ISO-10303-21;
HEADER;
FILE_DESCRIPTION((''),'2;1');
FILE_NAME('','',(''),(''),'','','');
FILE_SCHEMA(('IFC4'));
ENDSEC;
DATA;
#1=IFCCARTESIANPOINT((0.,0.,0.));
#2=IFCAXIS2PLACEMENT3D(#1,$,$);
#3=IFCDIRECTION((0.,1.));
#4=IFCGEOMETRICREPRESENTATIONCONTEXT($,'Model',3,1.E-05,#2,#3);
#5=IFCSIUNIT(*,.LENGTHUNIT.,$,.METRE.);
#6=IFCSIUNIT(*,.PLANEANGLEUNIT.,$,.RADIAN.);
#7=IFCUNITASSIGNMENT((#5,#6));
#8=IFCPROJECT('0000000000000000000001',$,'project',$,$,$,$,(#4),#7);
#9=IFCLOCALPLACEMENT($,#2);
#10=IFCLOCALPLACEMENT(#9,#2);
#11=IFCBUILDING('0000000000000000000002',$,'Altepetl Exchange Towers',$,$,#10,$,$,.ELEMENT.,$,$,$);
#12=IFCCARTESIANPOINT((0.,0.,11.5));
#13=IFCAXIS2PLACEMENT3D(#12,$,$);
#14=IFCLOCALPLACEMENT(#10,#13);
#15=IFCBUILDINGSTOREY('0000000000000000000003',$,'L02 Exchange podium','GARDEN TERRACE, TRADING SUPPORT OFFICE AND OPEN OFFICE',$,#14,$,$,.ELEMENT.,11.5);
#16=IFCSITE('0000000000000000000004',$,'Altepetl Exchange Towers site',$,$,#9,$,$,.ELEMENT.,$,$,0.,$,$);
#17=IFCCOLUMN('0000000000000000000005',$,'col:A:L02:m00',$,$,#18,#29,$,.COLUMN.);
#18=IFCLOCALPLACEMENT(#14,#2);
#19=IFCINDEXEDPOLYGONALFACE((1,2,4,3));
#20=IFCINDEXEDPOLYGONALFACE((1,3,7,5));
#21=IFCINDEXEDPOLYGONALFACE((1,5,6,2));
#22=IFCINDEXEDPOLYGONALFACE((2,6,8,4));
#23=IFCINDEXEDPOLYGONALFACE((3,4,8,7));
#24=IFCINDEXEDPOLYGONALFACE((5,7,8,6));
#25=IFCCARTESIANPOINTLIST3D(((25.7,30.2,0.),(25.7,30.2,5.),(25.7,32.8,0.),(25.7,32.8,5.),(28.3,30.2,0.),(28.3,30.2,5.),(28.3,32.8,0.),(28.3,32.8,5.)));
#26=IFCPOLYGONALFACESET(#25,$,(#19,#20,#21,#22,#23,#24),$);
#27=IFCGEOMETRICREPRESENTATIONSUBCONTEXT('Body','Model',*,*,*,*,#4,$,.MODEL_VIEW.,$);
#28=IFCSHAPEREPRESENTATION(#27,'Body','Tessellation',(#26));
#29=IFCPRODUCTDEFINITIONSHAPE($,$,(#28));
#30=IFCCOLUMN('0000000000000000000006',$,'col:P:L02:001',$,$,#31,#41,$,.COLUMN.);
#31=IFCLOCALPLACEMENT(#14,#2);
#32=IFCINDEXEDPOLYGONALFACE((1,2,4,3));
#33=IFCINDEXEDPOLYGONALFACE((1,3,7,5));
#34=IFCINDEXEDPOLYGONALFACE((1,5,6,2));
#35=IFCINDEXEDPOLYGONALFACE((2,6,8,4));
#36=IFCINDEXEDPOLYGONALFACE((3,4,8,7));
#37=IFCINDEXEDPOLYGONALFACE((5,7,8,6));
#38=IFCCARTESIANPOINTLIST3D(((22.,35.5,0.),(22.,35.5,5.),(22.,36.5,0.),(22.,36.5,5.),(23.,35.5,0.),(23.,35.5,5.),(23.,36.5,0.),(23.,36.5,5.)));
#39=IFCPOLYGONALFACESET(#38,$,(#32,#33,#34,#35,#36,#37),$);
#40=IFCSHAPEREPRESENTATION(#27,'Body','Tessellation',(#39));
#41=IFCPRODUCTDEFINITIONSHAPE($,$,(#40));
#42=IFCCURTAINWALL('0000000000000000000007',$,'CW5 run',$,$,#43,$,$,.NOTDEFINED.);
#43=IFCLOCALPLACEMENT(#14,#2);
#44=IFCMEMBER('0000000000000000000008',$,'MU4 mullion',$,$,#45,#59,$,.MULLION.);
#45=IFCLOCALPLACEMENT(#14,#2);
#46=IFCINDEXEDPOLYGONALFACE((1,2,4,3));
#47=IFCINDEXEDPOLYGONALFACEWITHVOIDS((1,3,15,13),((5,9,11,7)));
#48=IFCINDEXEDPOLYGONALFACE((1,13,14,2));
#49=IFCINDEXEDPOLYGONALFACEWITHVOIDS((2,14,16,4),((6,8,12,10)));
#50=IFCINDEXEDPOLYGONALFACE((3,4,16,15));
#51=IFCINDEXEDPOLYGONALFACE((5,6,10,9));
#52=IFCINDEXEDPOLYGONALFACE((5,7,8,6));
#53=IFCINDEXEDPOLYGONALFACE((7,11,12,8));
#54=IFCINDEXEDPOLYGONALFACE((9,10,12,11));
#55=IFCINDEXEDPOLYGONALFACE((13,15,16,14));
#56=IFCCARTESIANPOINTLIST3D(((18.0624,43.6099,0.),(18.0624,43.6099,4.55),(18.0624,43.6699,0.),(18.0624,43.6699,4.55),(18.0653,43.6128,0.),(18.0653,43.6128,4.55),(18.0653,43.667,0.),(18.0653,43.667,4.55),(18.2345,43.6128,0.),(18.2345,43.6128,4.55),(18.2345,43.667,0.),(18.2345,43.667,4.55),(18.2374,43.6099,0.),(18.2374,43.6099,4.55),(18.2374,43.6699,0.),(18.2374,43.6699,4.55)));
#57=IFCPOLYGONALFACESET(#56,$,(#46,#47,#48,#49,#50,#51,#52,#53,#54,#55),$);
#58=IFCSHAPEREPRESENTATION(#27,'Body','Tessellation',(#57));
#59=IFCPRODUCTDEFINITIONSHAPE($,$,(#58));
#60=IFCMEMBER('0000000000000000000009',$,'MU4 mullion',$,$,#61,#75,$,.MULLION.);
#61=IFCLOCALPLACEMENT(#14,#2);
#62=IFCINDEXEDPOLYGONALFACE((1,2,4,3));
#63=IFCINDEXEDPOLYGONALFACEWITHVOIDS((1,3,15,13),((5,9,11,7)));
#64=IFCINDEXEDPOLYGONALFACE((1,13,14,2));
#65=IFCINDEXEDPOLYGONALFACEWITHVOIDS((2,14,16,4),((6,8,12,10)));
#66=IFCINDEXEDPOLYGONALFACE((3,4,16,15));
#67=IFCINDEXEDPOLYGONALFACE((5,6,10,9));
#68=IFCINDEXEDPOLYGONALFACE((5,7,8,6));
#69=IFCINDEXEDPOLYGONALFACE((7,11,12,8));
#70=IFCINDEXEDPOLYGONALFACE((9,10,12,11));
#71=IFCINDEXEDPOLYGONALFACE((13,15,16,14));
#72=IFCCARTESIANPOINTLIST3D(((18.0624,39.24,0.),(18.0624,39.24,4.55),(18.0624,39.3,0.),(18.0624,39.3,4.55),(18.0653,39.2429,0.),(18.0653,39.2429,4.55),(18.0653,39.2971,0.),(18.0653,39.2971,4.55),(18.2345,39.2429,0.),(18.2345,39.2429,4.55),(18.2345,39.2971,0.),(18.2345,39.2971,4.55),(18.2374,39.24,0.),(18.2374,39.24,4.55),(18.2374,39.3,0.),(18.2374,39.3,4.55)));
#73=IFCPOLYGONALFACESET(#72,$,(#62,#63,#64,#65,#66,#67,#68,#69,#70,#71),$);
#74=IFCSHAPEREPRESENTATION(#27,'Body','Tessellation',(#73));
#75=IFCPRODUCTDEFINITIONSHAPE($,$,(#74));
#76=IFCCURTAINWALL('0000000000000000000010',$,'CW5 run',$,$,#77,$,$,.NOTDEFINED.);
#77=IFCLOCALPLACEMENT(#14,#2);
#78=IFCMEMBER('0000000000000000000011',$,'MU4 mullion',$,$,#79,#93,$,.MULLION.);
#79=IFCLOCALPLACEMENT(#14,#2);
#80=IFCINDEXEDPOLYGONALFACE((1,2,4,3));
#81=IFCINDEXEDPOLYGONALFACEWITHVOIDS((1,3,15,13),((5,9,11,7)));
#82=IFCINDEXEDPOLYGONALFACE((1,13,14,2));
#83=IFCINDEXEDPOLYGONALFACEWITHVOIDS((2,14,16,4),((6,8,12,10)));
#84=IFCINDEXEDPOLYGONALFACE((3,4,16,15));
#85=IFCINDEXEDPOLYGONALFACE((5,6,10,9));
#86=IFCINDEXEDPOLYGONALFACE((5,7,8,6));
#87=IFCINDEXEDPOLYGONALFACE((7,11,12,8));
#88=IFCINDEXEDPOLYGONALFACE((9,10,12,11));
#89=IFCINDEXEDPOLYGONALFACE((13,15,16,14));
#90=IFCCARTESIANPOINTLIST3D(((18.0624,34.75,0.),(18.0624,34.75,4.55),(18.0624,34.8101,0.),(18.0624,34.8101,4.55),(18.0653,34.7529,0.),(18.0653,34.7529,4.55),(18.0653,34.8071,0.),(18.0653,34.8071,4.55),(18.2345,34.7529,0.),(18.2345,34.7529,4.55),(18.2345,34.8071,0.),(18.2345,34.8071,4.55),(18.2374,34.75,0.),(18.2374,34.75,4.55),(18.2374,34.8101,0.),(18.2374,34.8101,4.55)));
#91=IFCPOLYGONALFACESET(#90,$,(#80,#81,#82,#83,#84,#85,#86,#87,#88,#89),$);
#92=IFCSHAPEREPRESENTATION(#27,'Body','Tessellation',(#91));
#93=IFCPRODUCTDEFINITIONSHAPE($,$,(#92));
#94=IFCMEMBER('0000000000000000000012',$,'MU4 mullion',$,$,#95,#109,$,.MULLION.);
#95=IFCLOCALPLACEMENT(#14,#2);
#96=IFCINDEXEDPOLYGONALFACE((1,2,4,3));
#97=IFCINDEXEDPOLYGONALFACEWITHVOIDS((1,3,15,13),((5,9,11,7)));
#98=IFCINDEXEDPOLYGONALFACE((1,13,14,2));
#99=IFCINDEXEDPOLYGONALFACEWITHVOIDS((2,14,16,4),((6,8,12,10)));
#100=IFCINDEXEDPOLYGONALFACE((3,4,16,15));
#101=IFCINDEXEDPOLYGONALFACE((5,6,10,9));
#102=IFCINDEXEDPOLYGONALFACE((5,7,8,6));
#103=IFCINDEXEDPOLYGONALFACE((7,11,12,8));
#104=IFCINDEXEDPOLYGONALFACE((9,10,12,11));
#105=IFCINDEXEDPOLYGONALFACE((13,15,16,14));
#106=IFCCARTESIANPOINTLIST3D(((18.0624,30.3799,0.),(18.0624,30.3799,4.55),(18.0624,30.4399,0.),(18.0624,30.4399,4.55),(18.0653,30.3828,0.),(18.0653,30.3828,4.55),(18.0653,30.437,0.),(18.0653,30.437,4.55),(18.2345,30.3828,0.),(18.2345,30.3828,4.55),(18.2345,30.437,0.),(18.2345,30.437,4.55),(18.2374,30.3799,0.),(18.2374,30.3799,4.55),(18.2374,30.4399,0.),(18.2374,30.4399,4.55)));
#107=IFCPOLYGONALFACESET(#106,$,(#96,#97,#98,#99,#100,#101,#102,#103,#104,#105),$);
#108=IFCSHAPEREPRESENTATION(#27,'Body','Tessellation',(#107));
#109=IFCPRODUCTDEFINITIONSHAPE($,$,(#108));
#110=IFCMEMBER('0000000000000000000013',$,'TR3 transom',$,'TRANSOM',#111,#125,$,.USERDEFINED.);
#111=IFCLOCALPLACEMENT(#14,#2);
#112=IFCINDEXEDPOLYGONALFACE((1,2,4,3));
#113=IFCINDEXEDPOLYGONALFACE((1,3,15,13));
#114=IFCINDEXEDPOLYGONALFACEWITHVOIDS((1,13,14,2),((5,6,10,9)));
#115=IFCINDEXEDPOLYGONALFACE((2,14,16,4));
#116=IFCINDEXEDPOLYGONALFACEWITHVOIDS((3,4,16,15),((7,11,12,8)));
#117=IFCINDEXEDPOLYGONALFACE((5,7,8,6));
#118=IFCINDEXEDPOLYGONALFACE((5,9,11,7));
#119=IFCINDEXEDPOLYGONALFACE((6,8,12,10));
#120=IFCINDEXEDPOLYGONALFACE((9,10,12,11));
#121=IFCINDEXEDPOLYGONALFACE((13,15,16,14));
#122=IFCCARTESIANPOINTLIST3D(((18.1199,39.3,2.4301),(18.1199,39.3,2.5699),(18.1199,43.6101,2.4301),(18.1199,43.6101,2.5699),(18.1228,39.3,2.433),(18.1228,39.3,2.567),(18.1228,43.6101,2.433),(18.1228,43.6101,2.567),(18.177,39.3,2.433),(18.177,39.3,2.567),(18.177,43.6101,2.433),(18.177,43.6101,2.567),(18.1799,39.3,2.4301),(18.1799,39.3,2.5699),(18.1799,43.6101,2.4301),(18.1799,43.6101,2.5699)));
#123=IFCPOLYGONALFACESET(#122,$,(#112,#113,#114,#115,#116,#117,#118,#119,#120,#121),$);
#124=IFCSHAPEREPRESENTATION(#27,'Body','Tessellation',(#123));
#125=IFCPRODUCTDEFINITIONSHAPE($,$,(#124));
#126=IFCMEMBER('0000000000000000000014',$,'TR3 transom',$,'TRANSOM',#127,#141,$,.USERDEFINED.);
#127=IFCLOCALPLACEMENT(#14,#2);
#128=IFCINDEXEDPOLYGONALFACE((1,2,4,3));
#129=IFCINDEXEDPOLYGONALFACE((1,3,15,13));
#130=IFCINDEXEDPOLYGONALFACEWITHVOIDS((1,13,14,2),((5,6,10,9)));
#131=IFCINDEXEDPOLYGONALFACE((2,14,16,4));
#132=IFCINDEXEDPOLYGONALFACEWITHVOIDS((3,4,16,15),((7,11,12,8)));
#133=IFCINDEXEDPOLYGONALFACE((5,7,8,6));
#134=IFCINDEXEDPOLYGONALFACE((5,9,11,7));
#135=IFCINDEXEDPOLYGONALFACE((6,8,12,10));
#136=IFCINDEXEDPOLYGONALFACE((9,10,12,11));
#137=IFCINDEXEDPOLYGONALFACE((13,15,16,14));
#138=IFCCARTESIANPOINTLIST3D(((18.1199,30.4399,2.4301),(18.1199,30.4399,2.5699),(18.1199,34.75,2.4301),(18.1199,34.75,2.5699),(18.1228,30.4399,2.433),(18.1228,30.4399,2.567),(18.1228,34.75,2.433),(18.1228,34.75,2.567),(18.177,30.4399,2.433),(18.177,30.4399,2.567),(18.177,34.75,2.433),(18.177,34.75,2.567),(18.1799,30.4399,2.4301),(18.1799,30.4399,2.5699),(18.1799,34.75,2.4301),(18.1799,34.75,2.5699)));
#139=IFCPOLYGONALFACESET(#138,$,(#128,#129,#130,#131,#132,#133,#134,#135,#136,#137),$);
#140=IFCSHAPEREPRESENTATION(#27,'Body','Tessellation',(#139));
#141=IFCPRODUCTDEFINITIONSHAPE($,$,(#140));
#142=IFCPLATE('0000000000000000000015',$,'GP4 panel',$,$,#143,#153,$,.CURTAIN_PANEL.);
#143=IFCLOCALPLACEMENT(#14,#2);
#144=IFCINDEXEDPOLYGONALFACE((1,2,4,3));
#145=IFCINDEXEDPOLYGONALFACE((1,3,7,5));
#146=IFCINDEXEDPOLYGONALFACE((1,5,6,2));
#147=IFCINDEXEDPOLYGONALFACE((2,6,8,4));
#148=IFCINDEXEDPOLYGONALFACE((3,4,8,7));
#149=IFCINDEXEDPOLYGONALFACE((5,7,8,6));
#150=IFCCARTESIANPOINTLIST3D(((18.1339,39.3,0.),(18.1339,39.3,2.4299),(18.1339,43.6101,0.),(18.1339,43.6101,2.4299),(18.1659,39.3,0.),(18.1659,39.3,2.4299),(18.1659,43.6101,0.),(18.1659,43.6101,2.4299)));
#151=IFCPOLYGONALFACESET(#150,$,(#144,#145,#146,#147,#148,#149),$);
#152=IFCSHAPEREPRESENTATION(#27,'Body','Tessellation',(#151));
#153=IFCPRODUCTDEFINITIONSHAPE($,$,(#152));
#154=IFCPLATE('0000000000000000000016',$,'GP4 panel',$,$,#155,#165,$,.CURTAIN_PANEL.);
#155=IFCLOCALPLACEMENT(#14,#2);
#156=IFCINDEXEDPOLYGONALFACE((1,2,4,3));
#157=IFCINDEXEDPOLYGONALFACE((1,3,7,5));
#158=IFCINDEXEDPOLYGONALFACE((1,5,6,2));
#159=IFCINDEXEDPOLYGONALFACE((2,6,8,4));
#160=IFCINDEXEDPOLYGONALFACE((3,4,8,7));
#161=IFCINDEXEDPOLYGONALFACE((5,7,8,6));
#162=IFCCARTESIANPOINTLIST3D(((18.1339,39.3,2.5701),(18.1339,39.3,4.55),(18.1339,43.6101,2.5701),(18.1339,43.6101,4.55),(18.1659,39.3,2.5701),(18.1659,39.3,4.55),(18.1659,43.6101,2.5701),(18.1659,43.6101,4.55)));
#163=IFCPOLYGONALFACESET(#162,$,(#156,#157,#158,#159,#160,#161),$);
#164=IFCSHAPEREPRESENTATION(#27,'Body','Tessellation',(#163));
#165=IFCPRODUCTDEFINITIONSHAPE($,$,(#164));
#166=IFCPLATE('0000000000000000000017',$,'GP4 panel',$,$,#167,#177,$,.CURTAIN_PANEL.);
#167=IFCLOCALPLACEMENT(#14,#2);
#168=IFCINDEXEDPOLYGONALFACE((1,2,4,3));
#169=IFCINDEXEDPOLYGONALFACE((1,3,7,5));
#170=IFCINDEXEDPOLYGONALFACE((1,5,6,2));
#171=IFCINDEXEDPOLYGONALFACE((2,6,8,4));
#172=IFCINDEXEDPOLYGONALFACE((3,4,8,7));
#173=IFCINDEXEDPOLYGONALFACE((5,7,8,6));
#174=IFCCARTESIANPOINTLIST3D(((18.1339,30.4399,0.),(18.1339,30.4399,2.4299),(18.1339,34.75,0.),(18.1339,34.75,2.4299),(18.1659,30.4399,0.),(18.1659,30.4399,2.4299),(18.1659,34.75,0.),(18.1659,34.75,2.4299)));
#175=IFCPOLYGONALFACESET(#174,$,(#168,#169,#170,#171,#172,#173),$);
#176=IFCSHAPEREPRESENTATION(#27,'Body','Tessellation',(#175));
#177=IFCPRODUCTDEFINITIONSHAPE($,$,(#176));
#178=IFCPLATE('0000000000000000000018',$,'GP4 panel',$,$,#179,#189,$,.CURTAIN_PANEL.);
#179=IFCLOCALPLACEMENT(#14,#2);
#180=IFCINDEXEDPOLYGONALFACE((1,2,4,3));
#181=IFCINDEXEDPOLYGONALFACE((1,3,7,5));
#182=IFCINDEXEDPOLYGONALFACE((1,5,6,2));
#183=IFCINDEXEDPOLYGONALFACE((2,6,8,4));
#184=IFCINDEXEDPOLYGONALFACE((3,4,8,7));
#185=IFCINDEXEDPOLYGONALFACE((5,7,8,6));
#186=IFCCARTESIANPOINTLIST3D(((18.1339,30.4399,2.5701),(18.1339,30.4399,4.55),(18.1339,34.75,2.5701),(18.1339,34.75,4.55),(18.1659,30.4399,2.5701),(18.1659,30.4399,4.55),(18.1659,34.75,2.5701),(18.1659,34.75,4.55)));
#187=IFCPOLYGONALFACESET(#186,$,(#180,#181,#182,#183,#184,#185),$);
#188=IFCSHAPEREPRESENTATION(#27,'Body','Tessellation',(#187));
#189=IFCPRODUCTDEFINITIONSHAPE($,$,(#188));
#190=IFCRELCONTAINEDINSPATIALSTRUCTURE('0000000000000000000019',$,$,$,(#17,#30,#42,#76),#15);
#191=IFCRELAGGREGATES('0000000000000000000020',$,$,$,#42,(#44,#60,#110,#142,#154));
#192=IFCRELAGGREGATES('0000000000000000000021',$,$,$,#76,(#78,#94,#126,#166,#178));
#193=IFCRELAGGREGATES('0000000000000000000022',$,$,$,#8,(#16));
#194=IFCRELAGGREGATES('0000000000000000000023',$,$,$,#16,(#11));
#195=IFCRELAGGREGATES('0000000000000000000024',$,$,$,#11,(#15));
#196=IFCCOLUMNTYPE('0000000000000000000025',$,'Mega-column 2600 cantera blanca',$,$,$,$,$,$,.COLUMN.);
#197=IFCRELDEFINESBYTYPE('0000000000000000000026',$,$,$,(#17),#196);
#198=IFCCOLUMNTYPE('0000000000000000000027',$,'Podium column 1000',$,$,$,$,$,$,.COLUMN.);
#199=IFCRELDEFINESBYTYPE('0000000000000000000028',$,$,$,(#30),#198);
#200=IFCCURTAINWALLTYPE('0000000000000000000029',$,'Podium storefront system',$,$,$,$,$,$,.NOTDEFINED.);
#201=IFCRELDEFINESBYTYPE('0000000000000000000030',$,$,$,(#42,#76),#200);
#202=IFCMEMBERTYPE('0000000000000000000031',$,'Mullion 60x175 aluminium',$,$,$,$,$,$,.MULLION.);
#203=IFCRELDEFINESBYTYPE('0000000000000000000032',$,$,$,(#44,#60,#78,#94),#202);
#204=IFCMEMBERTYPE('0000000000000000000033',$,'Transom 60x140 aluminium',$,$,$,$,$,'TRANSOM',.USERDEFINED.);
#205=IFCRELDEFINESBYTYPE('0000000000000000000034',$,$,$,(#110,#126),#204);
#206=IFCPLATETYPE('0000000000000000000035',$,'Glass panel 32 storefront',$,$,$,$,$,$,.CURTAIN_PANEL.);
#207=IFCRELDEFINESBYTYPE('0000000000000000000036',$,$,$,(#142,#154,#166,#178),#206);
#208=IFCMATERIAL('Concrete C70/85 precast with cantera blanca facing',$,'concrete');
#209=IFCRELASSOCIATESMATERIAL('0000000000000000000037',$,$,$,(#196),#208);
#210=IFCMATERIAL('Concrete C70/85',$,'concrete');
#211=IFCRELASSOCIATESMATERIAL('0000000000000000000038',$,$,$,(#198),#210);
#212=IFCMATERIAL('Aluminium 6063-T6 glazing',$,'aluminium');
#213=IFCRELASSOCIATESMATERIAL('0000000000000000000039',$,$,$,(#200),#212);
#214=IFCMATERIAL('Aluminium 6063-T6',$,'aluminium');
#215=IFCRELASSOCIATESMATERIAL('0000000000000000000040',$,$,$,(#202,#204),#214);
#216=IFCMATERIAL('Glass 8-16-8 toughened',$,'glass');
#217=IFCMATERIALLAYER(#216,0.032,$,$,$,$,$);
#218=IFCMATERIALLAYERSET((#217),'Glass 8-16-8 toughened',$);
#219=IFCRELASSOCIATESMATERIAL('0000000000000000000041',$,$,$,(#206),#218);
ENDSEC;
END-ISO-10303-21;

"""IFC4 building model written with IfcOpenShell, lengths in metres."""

from ifc_helpers import new_model, si_unit, direction, frame, origin, origin_2d, place, context, subcontext, project, spatial, rectangle, hollow_rectangle, extrude, material, layer, layer_set, material_profile, profile_set, type_object, element, aggregate, save


model = new_model("IFC4")

# Units and contexts
model_context = context("Model", 3, precision=1e-05, world=origin(), true_north=direction((0.0, 1.0)))
body_context = subcontext(model_context, "Body", "Model", "MODEL_VIEW")
ifc_project = project(units=[si_unit("LENGTHUNIT", "METRE"), si_unit("PLANEANGLEUNIT", "RADIAN")], contexts=[model_context])

# Site, building, storey
site_placement = place(None, origin())
site = spatial("IfcSite", under=ifc_project, at=site_placement, Name="Altepetl Exchange Towers site", CompositionType="ELEMENT", RefElevation=0.0)
building_placement = place(site_placement, origin())
building = spatial("IfcBuilding", under=site, at=building_placement, Name="Altepetl Exchange Towers", CompositionType="ELEMENT")
storey_placement = place(building_placement, frame((0.0, 0.0, 11.5)))
storey = spatial("IfcBuildingStorey", under=building, at=storey_placement, Name="L02 Exchange podium", Description="GARDEN TERRACE, TRADING SUPPORT OFFICE AND OPEN OFFICE", CompositionType="ELEMENT", Elevation=11.5)

# Columns
ifc_material_1 = material(Name="Concrete C70/85 precast with cantera blanca facing", Category="concrete")
ifc_material_profile_1 = material_profile(ifc_material_1, rectangle(XDim=2.6001, YDim=2.6001, at=origin_2d()), Name="2600 x 2600")
ifc_profile_set_1 = profile_set([ifc_material_profile_1], Name="Concrete C70/85 precast with cantera blanca facing")
column_type_1 = type_object("IfcColumnType", Name="Mega-column 2600 cantera blanca", PredefinedType="COLUMN", material=ifc_profile_set_1)
column_1_placement = place(storey_placement, frame((27.0, 31.5, 0.0)))
element("IfcColumn", 1, at=column_1_placement, inside=storey, type_object=column_type_1, Name="col:A:L02:m00", PredefinedType="COLUMN", context=body_context, shape_type="SweptSolid", body=[
    extrude(rectangle(XDim=2.6001, YDim=2.6001, at=origin_2d()), origin(), (0.0, 0.0, 1.0), 5.0),
])
ifc_material_2 = material(Name="Concrete C70/85", Category="concrete")
ifc_material_profile_2 = material_profile(ifc_material_2, rectangle(XDim=1.0, YDim=1.0, at=origin_2d()), Name="1000 x 1000")
ifc_profile_set_2 = profile_set([ifc_material_profile_2], Name="Concrete C70/85")
column_type_2 = type_object("IfcColumnType", Name="Podium column 1000", PredefinedType="COLUMN", material=ifc_profile_set_2)
column_2_placement = place(storey_placement, frame((22.5, 36.0, 0.0)))
element("IfcColumn", 2, at=column_2_placement, inside=storey, type_object=column_type_2, Name="col:P:L02:001", PredefinedType="COLUMN", context=body_context, shape_type="SweptSolid", body=[
    extrude(rectangle(XDim=1.0, YDim=1.0, at=origin_2d()), origin(), (0.0, 0.0, 1.0), 5.0),
])

# Curtain walls, members
ifc_material_3 = material(Name="Aluminium 6063-T6 glazing", Category="aluminium")
curtain_wall_type = type_object("IfcCurtainWallType", Name="Podium storefront system", PredefinedType="NOTDEFINED", material=ifc_material_3)
curtain_wall_1_placement = place(storey_placement, origin())
curtain_wall_1 = element("IfcCurtainWall", 3, at=curtain_wall_1_placement, inside=storey, type_object=curtain_wall_type, Name="CW5 run", PredefinedType="NOTDEFINED")
ifc_material_4 = material(Name="Aluminium 6063-T6", Category="aluminium")
ifc_material_profile_3 = material_profile(ifc_material_4, hollow_rectangle(XDim=0.0601, YDim=0.175, WallThickness=0.0029, at=origin_2d()), Name="Mullion 60x175 aluminium")
ifc_profile_set_3 = profile_set([ifc_material_profile_3], Name="Aluminium 6063-T6")
member_type_1 = type_object("IfcMemberType", Name="Mullion 60x175 aluminium", PredefinedType="MULLION", material=ifc_profile_set_3)
member_1_placement = place(storey_placement, frame((18.1499, 43.6399, 0.0), z_axis=(0.0, 0.0, 1.0), x_axis=(0.0, -1.0, 0.0)))
member_1 = element("IfcMember", 4, at=member_1_placement, type_object=member_type_1, Name="MU4 mullion", PredefinedType="MULLION", context=body_context, shape_type="SweptSolid", body=[
    extrude(hollow_rectangle(XDim=0.0601, YDim=0.175, WallThickness=0.0029, at=origin_2d()), origin(), (0.0, 0.0, 1.0), 4.55),
])
member_2_placement = place(storey_placement, frame((18.1499, 39.27, 0.0), z_axis=(0.0, 0.0, 1.0), x_axis=(0.0, -1.0, 0.0)))
member_2 = element("IfcMember", 5, at=member_2_placement, type_object=member_type_1, Name="MU4 mullion", PredefinedType="MULLION", context=body_context, shape_type="SweptSolid", body=[
    extrude(hollow_rectangle(XDim=0.0601, YDim=0.175, WallThickness=0.0029, at=origin_2d()), origin(), (0.0, 0.0, 1.0), 4.55),
])
curtain_wall_2_placement = place(storey_placement, origin())
curtain_wall_2 = element("IfcCurtainWall", 6, at=curtain_wall_2_placement, inside=storey, type_object=curtain_wall_type, Name="CW5 run", PredefinedType="NOTDEFINED")
member_3_placement = place(storey_placement, frame((18.1499, 34.78, 0.0), z_axis=(0.0, 0.0, 1.0), x_axis=(0.0, -1.0, 0.0)))
member_3 = element("IfcMember", 7, at=member_3_placement, type_object=member_type_1, Name="MU4 mullion", PredefinedType="MULLION", context=body_context, shape_type="SweptSolid", body=[
    extrude(hollow_rectangle(XDim=0.0601, YDim=0.175, WallThickness=0.0029, at=origin_2d()), origin(), (0.0, 0.0, 1.0), 4.55),
])
member_4_placement = place(storey_placement, frame((18.1499, 30.4099, 0.0), z_axis=(0.0, 0.0, 1.0), x_axis=(0.0, -1.0, 0.0)))
member_4 = element("IfcMember", 8, at=member_4_placement, type_object=member_type_1, Name="MU4 mullion", PredefinedType="MULLION", context=body_context, shape_type="SweptSolid", body=[
    extrude(hollow_rectangle(XDim=0.0601, YDim=0.175, WallThickness=0.0029, at=origin_2d()), origin(), (0.0, 0.0, 1.0), 4.55),
])

# Members
ifc_material_profile_4 = material_profile(ifc_material_4, hollow_rectangle(XDim=0.0601, YDim=0.1399, WallThickness=0.0029, at=origin_2d()), Name="Transom 60x140 aluminium")
ifc_profile_set_4 = profile_set([ifc_material_profile_4], Name="Aluminium 6063-T6")
member_type_2 = type_object("IfcMemberType", Name="Transom 60x140 aluminium", ElementType="TRANSOM", PredefinedType="USERDEFINED", material=ifc_profile_set_4)
member_5_placement = place(storey_placement, frame((18.1499, 43.6101, 2.5), z_axis=(0.0, -1.0, 0.0), x_axis=(1.0, 0.0, 0.0)))
member_5 = element("IfcMember", 9, at=member_5_placement, type_object=member_type_2, Name="TR3 transom", ObjectType="TRANSOM", PredefinedType="USERDEFINED", context=body_context, shape_type="SweptSolid", body=[
    extrude(hollow_rectangle(XDim=0.0601, YDim=0.1399, WallThickness=0.0029, at=origin_2d()), origin(), (0.0, 0.0, 1.0), 4.3101),
])
member_6_placement = place(storey_placement, frame((18.1499, 34.75, 2.5), z_axis=(0.0, -1.0, 0.0), x_axis=(1.0, 0.0, 0.0)))
member_6 = element("IfcMember", 10, at=member_6_placement, type_object=member_type_2, Name="TR3 transom", ObjectType="TRANSOM", PredefinedType="USERDEFINED", context=body_context, shape_type="SweptSolid", body=[
    extrude(hollow_rectangle(XDim=0.0601, YDim=0.1399, WallThickness=0.0029, at=origin_2d()), origin(), (0.0, 0.0, 1.0), 4.3101),
])

# Plates
ifc_material_5 = material(Name="Glass 8-16-8 toughened", Category="glass")
ifc_layer_1 = layer(ifc_material_5, 0.032)
ifc_layer_set_1 = layer_set([ifc_layer_1], Name="Glass 8-16-8 toughened")
plate_type = type_object("IfcPlateType", Name="Glass panel 32 storefront", PredefinedType="CURTAIN_PANEL", material=ifc_layer_set_1)
plate_1_placement = place(storey_placement, frame((18.1499, 41.4551, 0.0), z_axis=(0.0, 0.0, 1.0), x_axis=(0.0, -1.0, 0.0)))
plate_1 = element("IfcPlate", 11, at=plate_1_placement, type_object=plate_type, Name="GP4 panel", PredefinedType="CURTAIN_PANEL", context=body_context, shape_type="SweptSolid", body=[
    extrude(rectangle(XDim=4.3101, YDim=0.032, at=origin_2d()), origin(), (0.0, 0.0, 1.0), 2.4299),
])
plate_2_placement = place(storey_placement, frame((18.1499, 41.4551, 2.5701), z_axis=(0.0, 0.0, 1.0), x_axis=(0.0, -1.0, 0.0)))
plate_2 = element("IfcPlate", 12, at=plate_2_placement, type_object=plate_type, Name="GP4 panel", PredefinedType="CURTAIN_PANEL", context=body_context, shape_type="SweptSolid", body=[
    extrude(rectangle(XDim=4.3101, YDim=0.032, at=origin_2d()), origin(), (0.0, 0.0, 1.0), 1.98),
])
aggregate(curtain_wall_1, [member_1, member_2, member_5, plate_1, plate_2])
plate_3_placement = place(storey_placement, frame((18.1499, 32.595, 0.0), z_axis=(0.0, 0.0, 1.0), x_axis=(0.0, -1.0, 0.0)))
plate_3 = element("IfcPlate", 13, at=plate_3_placement, type_object=plate_type, Name="GP4 panel", PredefinedType="CURTAIN_PANEL", context=body_context, shape_type="SweptSolid", body=[
    extrude(rectangle(XDim=4.3101, YDim=0.032, at=origin_2d()), origin(), (0.0, 0.0, 1.0), 2.4299),
])
plate_4_placement = place(storey_placement, frame((18.1499, 32.595, 2.5701), z_axis=(0.0, 0.0, 1.0), x_axis=(0.0, -1.0, 0.0)))
plate_4 = element("IfcPlate", 14, at=plate_4_placement, type_object=plate_type, Name="GP4 panel", PredefinedType="CURTAIN_PANEL", context=body_context, shape_type="SweptSolid", body=[
    extrude(rectangle(XDim=4.3101, YDim=0.032, at=origin_2d()), origin(), (0.0, 0.0, 1.0), 1.98),
])
aggregate(curtain_wall_2, [member_3, member_4, member_6, plate_3, plate_4])

save(model, "model.ifc")
